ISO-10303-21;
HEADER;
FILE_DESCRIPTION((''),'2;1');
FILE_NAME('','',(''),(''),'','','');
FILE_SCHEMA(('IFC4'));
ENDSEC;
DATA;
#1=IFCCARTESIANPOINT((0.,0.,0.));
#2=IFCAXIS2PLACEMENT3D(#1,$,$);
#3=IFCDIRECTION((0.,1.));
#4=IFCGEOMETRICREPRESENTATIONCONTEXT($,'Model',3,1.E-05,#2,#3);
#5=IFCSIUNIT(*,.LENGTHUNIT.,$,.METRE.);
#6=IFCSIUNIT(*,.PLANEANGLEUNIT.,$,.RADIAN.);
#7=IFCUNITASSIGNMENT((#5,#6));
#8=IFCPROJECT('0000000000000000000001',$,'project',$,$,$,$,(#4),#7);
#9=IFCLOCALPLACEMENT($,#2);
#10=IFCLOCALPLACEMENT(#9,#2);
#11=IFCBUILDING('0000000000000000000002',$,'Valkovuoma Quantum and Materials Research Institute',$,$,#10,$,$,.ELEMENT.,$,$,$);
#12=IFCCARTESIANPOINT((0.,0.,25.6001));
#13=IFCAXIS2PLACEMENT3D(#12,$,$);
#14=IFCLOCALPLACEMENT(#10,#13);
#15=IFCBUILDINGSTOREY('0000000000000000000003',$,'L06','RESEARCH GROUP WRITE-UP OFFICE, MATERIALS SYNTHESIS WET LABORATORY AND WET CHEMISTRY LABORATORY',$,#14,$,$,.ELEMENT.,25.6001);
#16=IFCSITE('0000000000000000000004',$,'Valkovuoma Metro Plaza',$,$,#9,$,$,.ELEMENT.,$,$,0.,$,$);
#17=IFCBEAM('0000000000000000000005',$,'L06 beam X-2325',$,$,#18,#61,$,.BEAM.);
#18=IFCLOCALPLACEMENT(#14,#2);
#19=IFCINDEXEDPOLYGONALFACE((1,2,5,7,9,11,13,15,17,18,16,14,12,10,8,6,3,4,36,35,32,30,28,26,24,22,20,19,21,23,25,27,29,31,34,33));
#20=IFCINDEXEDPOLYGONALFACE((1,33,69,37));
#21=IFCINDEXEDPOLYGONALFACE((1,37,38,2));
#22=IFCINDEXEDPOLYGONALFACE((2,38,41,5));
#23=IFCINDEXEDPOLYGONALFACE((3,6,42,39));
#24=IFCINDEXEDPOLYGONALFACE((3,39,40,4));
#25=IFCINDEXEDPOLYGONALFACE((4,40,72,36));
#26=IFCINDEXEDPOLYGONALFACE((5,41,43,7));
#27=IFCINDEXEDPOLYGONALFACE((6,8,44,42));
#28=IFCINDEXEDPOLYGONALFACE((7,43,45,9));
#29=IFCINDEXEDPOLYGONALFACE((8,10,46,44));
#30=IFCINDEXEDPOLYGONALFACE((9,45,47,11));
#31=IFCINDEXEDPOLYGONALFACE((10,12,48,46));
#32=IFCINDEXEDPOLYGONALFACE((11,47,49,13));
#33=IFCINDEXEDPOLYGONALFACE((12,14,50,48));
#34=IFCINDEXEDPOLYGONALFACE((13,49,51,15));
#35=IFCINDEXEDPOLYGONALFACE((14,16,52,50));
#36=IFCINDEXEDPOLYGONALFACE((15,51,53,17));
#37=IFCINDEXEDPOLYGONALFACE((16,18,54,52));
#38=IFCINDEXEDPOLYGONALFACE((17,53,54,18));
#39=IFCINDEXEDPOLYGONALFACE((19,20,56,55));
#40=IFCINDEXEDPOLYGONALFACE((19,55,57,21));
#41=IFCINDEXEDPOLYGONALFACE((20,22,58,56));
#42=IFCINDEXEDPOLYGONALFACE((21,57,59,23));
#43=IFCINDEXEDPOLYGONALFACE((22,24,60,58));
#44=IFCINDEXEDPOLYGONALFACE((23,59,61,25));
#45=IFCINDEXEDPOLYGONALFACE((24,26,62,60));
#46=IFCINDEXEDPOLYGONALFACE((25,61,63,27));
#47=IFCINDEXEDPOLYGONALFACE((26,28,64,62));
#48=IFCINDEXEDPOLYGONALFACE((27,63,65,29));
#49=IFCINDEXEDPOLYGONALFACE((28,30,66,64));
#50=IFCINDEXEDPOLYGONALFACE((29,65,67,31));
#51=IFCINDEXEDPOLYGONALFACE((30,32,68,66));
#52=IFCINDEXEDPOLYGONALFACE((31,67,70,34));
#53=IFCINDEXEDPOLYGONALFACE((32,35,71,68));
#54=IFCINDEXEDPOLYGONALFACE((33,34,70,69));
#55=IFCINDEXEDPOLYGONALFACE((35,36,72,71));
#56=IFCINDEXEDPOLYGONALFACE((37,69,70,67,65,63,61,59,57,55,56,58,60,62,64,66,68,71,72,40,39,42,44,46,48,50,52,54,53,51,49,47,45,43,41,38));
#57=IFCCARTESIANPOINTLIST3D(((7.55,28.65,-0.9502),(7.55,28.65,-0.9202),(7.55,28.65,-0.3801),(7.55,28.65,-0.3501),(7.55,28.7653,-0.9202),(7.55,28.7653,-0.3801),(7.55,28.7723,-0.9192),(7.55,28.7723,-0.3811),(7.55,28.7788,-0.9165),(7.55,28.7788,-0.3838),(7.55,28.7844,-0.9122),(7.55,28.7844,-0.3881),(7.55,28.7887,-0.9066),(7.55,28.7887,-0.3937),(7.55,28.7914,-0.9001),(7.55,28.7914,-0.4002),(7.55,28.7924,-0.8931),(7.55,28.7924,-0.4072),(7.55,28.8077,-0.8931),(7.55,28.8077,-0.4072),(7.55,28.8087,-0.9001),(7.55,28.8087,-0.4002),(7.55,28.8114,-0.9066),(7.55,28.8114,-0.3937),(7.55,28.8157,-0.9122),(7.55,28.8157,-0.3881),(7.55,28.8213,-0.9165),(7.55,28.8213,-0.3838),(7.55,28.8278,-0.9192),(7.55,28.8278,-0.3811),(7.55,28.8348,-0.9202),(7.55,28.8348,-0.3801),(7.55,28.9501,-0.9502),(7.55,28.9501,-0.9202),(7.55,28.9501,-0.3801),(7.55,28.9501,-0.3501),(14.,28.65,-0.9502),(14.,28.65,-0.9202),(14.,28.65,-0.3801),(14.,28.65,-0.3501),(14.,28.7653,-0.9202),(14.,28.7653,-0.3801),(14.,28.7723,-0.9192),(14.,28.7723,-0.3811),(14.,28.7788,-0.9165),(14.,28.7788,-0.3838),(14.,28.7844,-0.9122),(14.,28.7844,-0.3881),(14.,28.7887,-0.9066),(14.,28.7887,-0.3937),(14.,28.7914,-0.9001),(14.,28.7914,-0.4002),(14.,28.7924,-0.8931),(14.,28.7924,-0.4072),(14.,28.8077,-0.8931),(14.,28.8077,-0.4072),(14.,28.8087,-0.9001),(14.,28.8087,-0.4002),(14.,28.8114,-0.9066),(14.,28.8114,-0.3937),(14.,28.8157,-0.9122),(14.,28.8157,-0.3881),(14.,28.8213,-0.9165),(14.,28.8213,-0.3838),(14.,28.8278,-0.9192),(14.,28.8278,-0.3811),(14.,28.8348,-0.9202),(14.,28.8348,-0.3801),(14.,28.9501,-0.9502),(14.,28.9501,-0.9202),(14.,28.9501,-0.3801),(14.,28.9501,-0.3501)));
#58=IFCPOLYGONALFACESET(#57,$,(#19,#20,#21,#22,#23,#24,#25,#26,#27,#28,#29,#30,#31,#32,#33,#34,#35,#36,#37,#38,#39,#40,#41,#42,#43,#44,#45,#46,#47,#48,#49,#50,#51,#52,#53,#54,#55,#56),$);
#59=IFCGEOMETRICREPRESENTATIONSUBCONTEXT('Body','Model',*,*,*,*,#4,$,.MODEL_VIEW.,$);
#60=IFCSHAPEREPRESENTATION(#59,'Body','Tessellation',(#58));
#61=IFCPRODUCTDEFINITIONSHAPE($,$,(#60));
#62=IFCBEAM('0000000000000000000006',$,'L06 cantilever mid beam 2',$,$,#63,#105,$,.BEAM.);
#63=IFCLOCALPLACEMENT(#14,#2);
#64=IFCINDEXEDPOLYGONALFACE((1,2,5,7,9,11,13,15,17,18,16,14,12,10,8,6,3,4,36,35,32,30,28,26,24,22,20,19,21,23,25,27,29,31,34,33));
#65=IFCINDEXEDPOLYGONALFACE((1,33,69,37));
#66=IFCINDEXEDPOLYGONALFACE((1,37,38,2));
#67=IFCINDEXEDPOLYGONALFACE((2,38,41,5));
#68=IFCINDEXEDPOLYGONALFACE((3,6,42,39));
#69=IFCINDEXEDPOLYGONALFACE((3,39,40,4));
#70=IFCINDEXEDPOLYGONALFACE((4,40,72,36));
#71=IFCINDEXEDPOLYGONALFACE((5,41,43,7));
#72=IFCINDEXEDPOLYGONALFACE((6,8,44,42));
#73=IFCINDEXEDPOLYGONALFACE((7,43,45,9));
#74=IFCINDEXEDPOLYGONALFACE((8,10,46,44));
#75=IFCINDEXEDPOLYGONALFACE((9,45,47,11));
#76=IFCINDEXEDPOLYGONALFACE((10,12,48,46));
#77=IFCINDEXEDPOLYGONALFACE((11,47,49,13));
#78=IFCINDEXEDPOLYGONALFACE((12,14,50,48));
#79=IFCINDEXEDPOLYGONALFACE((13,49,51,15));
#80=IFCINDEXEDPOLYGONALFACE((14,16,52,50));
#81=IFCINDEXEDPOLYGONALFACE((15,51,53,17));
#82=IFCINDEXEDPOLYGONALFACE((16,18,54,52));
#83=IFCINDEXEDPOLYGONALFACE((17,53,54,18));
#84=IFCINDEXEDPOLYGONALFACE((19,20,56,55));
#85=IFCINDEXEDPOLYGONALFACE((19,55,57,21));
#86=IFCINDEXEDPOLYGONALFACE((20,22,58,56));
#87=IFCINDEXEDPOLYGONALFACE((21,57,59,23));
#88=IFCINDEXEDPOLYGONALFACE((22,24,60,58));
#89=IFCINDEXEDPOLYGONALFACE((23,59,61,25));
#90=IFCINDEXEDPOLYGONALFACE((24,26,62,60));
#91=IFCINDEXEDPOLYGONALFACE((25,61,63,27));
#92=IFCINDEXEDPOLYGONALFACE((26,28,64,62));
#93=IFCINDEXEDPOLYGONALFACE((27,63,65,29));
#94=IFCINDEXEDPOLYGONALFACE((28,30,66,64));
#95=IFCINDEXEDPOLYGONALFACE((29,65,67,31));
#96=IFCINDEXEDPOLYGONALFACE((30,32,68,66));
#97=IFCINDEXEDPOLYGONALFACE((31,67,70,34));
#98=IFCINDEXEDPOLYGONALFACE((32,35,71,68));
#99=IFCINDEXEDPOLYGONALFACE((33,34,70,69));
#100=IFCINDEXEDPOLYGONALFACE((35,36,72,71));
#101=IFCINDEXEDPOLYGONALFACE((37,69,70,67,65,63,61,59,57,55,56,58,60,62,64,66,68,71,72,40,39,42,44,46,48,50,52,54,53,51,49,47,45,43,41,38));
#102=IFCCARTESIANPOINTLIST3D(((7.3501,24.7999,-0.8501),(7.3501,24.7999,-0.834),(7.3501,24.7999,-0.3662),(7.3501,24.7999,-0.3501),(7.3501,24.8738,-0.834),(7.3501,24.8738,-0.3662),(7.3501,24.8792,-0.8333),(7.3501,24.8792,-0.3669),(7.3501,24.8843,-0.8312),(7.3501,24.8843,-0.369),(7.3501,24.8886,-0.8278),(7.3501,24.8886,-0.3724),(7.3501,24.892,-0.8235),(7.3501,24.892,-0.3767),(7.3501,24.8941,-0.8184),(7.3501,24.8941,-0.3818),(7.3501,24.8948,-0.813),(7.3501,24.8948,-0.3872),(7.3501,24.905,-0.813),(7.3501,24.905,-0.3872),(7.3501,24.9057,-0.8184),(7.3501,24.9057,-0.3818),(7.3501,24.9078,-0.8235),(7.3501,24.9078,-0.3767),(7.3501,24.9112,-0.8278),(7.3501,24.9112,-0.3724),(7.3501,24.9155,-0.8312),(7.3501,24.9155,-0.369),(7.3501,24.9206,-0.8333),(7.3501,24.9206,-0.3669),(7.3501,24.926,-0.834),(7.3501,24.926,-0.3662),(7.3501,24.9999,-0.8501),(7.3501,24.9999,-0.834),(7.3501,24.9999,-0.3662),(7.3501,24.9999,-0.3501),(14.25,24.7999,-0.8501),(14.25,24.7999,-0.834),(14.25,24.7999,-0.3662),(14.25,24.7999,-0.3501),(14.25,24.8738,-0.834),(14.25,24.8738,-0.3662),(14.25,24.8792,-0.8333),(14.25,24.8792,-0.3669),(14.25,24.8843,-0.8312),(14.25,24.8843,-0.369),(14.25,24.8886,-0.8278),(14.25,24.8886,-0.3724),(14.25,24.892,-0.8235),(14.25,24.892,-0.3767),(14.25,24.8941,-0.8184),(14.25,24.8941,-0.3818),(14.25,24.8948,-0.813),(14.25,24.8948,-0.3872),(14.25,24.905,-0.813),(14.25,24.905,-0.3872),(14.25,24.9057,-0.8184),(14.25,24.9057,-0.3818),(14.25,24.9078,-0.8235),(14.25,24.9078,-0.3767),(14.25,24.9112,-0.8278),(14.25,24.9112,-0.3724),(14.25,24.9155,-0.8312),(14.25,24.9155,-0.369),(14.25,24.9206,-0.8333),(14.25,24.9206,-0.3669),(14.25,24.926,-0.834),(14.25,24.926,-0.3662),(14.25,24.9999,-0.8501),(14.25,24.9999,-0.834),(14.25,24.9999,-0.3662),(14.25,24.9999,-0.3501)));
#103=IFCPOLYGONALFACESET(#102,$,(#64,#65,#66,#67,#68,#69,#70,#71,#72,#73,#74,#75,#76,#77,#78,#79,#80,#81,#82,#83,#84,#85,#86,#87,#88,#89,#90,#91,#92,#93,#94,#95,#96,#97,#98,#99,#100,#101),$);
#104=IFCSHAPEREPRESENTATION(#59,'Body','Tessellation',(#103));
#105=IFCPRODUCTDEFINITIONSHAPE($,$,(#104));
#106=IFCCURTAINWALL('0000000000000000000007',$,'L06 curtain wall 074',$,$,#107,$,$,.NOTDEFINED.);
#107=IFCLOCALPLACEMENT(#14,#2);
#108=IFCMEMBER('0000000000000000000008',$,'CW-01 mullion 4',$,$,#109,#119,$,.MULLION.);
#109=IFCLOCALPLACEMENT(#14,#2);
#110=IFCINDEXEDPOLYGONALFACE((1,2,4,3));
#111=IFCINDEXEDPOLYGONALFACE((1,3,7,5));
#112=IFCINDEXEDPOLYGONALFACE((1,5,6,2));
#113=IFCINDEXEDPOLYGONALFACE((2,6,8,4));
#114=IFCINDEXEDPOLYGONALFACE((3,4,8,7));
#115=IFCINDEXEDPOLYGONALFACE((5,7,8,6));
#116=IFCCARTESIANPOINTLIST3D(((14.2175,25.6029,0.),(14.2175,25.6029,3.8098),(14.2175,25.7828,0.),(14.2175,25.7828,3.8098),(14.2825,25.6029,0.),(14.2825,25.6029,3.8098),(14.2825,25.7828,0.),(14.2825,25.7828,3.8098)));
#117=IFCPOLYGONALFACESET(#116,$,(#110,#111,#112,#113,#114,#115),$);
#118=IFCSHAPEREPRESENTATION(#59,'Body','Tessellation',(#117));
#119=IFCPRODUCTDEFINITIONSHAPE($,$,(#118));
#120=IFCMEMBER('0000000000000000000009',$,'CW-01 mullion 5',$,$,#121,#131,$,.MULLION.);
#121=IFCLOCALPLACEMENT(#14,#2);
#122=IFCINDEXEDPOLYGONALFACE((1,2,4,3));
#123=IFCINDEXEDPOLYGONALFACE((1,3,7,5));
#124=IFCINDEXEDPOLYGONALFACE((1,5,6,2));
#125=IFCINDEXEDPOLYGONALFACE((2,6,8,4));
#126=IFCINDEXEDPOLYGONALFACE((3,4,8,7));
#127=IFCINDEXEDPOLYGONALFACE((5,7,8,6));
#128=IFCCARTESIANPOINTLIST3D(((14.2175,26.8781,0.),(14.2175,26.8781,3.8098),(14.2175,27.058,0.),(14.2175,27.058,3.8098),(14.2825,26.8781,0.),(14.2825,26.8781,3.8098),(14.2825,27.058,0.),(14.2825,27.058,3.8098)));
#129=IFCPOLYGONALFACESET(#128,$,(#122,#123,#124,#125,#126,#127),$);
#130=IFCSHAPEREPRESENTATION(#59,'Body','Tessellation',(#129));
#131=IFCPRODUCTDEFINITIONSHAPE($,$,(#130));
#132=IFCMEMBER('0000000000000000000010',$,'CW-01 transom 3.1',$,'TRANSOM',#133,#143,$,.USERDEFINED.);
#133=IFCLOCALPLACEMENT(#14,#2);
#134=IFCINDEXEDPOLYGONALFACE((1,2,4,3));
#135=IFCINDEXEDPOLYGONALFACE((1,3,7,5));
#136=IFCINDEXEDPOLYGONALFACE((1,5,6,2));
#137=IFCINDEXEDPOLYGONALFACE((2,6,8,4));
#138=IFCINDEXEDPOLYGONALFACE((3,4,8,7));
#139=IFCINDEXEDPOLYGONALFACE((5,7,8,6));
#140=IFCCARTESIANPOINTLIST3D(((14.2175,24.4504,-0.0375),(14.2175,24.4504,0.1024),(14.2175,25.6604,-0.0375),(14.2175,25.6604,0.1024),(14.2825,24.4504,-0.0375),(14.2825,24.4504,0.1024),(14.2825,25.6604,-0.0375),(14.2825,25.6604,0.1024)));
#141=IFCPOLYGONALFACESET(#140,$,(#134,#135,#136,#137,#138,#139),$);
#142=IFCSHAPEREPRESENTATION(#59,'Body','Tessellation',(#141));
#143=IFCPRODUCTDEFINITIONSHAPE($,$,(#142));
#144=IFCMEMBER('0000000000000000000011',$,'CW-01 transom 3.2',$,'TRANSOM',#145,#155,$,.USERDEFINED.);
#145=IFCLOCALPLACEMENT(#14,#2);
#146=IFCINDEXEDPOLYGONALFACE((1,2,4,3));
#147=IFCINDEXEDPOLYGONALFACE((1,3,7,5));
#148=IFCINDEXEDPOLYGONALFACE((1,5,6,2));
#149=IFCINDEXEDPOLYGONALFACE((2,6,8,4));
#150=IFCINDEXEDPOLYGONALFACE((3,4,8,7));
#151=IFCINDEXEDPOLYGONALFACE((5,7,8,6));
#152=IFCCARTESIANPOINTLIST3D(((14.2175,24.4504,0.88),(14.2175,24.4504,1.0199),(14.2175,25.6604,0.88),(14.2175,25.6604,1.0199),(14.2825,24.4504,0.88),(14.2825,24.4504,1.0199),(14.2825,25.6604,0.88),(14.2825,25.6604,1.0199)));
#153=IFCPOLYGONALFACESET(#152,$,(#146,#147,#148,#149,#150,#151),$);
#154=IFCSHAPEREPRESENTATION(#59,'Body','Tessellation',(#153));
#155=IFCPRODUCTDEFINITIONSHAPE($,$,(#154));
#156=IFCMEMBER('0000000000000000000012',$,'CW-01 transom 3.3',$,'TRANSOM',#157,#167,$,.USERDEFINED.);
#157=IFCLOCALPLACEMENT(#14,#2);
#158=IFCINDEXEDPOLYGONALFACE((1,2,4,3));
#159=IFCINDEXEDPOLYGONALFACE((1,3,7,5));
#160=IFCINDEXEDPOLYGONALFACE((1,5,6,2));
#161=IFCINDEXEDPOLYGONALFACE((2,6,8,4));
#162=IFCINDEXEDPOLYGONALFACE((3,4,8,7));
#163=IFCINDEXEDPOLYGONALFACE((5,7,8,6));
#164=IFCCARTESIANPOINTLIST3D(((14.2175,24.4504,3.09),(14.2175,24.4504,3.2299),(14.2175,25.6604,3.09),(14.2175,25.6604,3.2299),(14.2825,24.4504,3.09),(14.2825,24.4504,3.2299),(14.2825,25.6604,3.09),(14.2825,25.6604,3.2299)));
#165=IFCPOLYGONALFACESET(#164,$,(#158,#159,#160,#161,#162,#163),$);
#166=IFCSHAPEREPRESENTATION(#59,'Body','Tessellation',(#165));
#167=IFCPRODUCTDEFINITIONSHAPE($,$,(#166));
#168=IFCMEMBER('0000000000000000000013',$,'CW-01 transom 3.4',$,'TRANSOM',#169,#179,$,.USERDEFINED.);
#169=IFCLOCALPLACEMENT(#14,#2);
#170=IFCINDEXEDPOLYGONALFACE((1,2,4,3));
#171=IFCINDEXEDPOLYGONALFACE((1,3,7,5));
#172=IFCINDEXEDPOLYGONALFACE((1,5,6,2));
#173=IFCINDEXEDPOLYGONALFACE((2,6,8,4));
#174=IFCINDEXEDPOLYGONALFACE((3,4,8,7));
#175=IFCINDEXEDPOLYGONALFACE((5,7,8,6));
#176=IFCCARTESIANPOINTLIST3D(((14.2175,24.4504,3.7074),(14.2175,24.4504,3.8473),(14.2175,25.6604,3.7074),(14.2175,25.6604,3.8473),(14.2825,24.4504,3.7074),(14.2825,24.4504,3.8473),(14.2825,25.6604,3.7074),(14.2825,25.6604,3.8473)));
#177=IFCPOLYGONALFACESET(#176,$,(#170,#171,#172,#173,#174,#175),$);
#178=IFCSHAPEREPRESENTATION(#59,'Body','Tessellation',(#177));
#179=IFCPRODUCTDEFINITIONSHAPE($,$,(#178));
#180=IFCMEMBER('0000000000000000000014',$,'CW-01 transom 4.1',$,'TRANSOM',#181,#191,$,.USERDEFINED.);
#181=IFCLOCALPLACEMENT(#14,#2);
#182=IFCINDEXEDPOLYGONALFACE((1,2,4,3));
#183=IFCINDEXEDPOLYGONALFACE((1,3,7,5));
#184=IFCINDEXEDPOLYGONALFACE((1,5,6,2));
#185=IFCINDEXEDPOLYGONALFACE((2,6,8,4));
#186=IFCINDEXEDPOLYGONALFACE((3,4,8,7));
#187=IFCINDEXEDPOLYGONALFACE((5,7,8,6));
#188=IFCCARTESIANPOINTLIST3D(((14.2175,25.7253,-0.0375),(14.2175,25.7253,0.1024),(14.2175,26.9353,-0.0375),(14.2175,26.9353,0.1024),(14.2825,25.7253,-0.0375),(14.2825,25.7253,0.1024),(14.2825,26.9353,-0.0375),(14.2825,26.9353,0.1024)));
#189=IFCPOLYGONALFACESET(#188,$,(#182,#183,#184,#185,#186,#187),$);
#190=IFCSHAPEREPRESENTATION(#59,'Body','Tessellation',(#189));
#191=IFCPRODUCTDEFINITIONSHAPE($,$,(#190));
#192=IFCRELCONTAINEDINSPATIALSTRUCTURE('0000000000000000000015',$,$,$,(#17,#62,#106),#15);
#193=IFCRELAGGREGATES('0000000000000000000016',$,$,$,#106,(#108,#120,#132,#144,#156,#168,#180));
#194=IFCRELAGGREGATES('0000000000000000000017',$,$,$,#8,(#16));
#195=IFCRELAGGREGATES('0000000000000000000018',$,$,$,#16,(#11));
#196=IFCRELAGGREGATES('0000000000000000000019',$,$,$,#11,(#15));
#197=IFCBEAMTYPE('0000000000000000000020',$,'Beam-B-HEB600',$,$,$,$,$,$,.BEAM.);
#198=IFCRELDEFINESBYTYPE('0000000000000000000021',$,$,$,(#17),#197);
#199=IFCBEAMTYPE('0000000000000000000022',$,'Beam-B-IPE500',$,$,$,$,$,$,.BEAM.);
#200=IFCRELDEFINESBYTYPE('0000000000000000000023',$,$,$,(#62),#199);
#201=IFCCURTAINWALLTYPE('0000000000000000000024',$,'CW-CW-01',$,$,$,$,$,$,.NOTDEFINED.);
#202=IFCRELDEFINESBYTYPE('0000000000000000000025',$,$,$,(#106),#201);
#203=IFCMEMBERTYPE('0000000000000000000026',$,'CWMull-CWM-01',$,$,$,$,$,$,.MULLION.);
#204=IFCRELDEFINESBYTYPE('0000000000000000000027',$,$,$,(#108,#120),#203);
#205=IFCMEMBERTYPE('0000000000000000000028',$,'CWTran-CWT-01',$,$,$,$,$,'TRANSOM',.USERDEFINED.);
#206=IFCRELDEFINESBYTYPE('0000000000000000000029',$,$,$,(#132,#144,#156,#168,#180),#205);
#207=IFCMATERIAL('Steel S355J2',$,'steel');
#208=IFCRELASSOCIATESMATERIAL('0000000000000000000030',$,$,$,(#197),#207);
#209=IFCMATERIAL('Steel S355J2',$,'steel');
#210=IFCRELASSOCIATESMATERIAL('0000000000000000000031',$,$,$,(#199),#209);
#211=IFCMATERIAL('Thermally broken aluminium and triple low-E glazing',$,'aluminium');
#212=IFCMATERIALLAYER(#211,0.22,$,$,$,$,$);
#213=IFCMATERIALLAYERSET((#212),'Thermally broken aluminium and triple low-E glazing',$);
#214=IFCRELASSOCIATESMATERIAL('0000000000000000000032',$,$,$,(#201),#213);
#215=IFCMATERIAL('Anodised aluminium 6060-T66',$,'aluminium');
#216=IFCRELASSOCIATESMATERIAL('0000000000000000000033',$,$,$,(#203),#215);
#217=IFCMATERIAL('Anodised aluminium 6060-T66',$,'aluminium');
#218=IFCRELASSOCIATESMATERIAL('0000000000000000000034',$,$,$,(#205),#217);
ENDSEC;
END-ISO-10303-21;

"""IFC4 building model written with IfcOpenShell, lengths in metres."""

from ifc_helpers import new_model, si_unit, direction, frame, origin, origin_2d, place, context, subcontext, project, spatial, rectangle, i_section, extrude, material, layer, layer_set, material_profile, profile_set, type_object, element, aggregate, save


model = new_model("IFC4")

# Units and contexts
model_context = context("Model", 3, precision=1e-05, world=origin(), true_north=direction((0.0, 1.0)))
body_context = subcontext(model_context, "Body", "Model", "MODEL_VIEW")
ifc_project = project(units=[si_unit("LENGTHUNIT", "METRE"), si_unit("PLANEANGLEUNIT", "RADIAN")], contexts=[model_context])

# Site, building, storey
site_placement = place(None, origin())
site = spatial("IfcSite", under=ifc_project, at=site_placement, Name="Valkovuoma Metro Plaza", CompositionType="ELEMENT", RefElevation=0.0)
building_placement = place(site_placement, origin())
building = spatial("IfcBuilding", under=site, at=building_placement, Name="Valkovuoma Quantum and Materials Research Institute", CompositionType="ELEMENT")
storey_placement = place(building_placement, frame((0.0, 0.0, 25.6001)))
storey = spatial("IfcBuildingStorey", under=building, at=storey_placement, Name="L06", Description="RESEARCH GROUP WRITE-UP OFFICE, MATERIALS SYNTHESIS WET LABORATORY AND WET CHEMISTRY LABORATORY", CompositionType="ELEMENT", Elevation=25.6001)

# Beams
ifc_material_1 = material(Name="Steel S355J2", Category="steel")
ifc_material_profile_1 = material_profile(ifc_material_1, i_section(OverallWidth=0.3, OverallDepth=0.6001, WebThickness=0.0154, FlangeThickness=0.03, FilletRadius=0.0271, at=origin_2d()), Name="Steel S355J2")
ifc_profile_set_1 = profile_set([ifc_material_profile_1], Name="Steel S355J2")
beam_type_1 = type_object("IfcBeamType", Name="Beam-B-HEB600", PredefinedType="BEAM", material=ifc_profile_set_1)
beam_1_placement = place(storey_placement, frame((7.55, 28.8, -0.6501), z_axis=(1.0, 0.0, 0.0), x_axis=(0.0, 1.0, 0.0)))
element("IfcBeam", 1, at=beam_1_placement, inside=storey, type_object=beam_type_1, Name="L06 beam X-2325", PredefinedType="BEAM", context=body_context, shape_type="SweptSolid", body=[
    extrude(i_section(OverallWidth=0.3, OverallDepth=0.6001, WebThickness=0.0154, FlangeThickness=0.03, FilletRadius=0.0271, at=origin_2d()), origin(), (0.0, 0.0, 1.0), 6.45),
])
ifc_material_2 = material(Name="Steel S355J2", Category="steel")
ifc_material_profile_2 = material_profile(ifc_material_2, i_section(OverallWidth=0.2, OverallDepth=0.5, WebThickness=0.0103, FlangeThickness=0.0161, FilletRadius=0.021, at=origin_2d()), Name="Steel S355J2")
ifc_profile_set_2 = profile_set([ifc_material_profile_2], Name="Steel S355J2")
beam_type_2 = type_object("IfcBeamType", Name="Beam-B-IPE500", PredefinedType="BEAM", material=ifc_profile_set_2)
beam_2_placement = place(storey_placement, frame((7.3501, 24.8999, -0.6001), z_axis=(1.0, 0.0, 0.0), x_axis=(0.0, 1.0, 0.0)))
element("IfcBeam", 2, at=beam_2_placement, inside=storey, type_object=beam_type_2, Name="L06 cantilever mid beam 2", PredefinedType="BEAM", context=body_context, shape_type="SweptSolid", body=[
    extrude(i_section(OverallWidth=0.2, OverallDepth=0.5, WebThickness=0.0103, FlangeThickness=0.0161, FilletRadius=0.021, at=origin_2d()), origin(), (0.0, 0.0, 1.0), 6.8999),
])

# Curtain wall, members
ifc_material_3 = material(Name="Thermally broken aluminium and triple low-E glazing", Category="aluminium")
ifc_layer_1 = layer(ifc_material_3, 0.22)
ifc_layer_set_1 = layer_set([ifc_layer_1], Name="Thermally broken aluminium and triple low-E glazing")
curtain_wall_type = type_object("IfcCurtainWallType", Name="CW-CW-01", PredefinedType="NOTDEFINED", material=ifc_layer_set_1)
curtain_wall_placement = place(storey_placement, origin())
curtain_wall = element("IfcCurtainWall", 3, at=curtain_wall_placement, inside=storey, type_object=curtain_wall_type, Name="L06 curtain wall 074", PredefinedType="NOTDEFINED")
ifc_material_4 = material(Name="Anodised aluminium 6060-T66", Category="aluminium")
ifc_material_profile_3 = material_profile(ifc_material_4, rectangle(XDim=0.0649, YDim=0.1799, at=origin_2d()), Name="Anodised aluminium 6060-T66")
ifc_profile_set_3 = profile_set([ifc_material_profile_3], Name="Anodised aluminium 6060-T66")
member_type_1 = type_object("IfcMemberType", Name="CWMull-CWM-01", PredefinedType="MULLION", material=ifc_profile_set_3)
member_1_placement = place(storey_placement, frame((14.25, 25.6929, 0.0), z_axis=(0.0, 0.0, 1.0), x_axis=(-1.0, 0.0, 0.0)))
member_1 = element("IfcMember", 4, at=member_1_placement, type_object=member_type_1, Name="CW-01 mullion 4", PredefinedType="MULLION", context=body_context, shape_type="SweptSolid", body=[
    extrude(rectangle(XDim=0.0649, YDim=0.1799, at=origin_2d()), origin(), (0.0, 0.0, 1.0), 3.8098),
])
member_2_placement = place(storey_placement, frame((14.25, 26.968, 0.0), z_axis=(0.0, 0.0, 1.0), x_axis=(-1.0, 0.0, 0.0)))
member_2 = element("IfcMember", 5, at=member_2_placement, type_object=member_type_1, Name="CW-01 mullion 5", PredefinedType="MULLION", context=body_context, shape_type="SweptSolid", body=[
    extrude(rectangle(XDim=0.0649, YDim=0.1799, at=origin_2d()), origin(), (0.0, 0.0, 1.0), 3.8098),
])
ifc_material_5 = material(Name="Anodised aluminium 6060-T66", Category="aluminium")
ifc_material_profile_4 = material_profile(ifc_material_5, rectangle(XDim=0.0649, YDim=0.1399, at=origin_2d()), Name="Anodised aluminium 6060-T66")
ifc_profile_set_4 = profile_set([ifc_material_profile_4], Name="Anodised aluminium 6060-T66")
member_type_2 = type_object("IfcMemberType", Name="CWTran-CWT-01", ElementType="TRANSOM", PredefinedType="USERDEFINED", material=ifc_profile_set_4)
member_3_placement = place(storey_placement, frame((14.25, 24.4504, 0.0325), z_axis=(0.0, 1.0, 0.0), x_axis=(-1.0, 0.0, 0.0)))
member_3 = element("IfcMember", 6, at=member_3_placement, type_object=member_type_2, Name="CW-01 transom 3.1", ObjectType="TRANSOM", PredefinedType="USERDEFINED", context=body_context, shape_type="SweptSolid", body=[
    extrude(rectangle(XDim=0.0649, YDim=0.1399, at=origin_2d()), origin(), (0.0, 0.0, 1.0), 1.21),
])
member_4_placement = place(storey_placement, frame((14.25, 24.4504, 0.95), z_axis=(0.0, 1.0, 0.0), x_axis=(-1.0, 0.0, 0.0)))
member_4 = element("IfcMember", 7, at=member_4_placement, type_object=member_type_2, Name="CW-01 transom 3.2", ObjectType="TRANSOM", PredefinedType="USERDEFINED", context=body_context, shape_type="SweptSolid", body=[
    extrude(rectangle(XDim=0.0649, YDim=0.1399, at=origin_2d()), origin(), (0.0, 0.0, 1.0), 1.21),
])
member_5_placement = place(storey_placement, frame((14.25, 24.4504, 3.1599), z_axis=(0.0, 1.0, 0.0), x_axis=(-1.0, 0.0, 0.0)))
member_5 = element("IfcMember", 8, at=member_5_placement, type_object=member_type_2, Name="CW-01 transom 3.3", ObjectType="TRANSOM", PredefinedType="USERDEFINED", context=body_context, shape_type="SweptSolid", body=[
    extrude(rectangle(XDim=0.0649, YDim=0.1399, at=origin_2d()), origin(), (0.0, 0.0, 1.0), 1.21),
])
member_6_placement = place(storey_placement, frame((14.25, 24.4504, 3.7773), z_axis=(0.0, 1.0, 0.0), x_axis=(-1.0, 0.0, 0.0)))
member_6 = element("IfcMember", 9, at=member_6_placement, type_object=member_type_2, Name="CW-01 transom 3.4", ObjectType="TRANSOM", PredefinedType="USERDEFINED", context=body_context, shape_type="SweptSolid", body=[
    extrude(rectangle(XDim=0.0649, YDim=0.1399, at=origin_2d()), origin(), (0.0, 0.0, 1.0), 1.21),
])
member_7_placement = place(storey_placement, frame((14.25, 25.7253, 0.0325), z_axis=(0.0, 1.0, 0.0), x_axis=(-1.0, 0.0, 0.0)))
member_7 = element("IfcMember", 10, at=member_7_placement, type_object=member_type_2, Name="CW-01 transom 4.1", ObjectType="TRANSOM", PredefinedType="USERDEFINED", context=body_context, shape_type="SweptSolid", body=[
    extrude(rectangle(XDim=0.0649, YDim=0.1399, at=origin_2d()), origin(), (0.0, 0.0, 1.0), 1.21),
])
aggregate(curtain_wall, [member_1, member_2, member_3, member_4, member_5, member_6, member_7])

save(model, "model.ifc")
